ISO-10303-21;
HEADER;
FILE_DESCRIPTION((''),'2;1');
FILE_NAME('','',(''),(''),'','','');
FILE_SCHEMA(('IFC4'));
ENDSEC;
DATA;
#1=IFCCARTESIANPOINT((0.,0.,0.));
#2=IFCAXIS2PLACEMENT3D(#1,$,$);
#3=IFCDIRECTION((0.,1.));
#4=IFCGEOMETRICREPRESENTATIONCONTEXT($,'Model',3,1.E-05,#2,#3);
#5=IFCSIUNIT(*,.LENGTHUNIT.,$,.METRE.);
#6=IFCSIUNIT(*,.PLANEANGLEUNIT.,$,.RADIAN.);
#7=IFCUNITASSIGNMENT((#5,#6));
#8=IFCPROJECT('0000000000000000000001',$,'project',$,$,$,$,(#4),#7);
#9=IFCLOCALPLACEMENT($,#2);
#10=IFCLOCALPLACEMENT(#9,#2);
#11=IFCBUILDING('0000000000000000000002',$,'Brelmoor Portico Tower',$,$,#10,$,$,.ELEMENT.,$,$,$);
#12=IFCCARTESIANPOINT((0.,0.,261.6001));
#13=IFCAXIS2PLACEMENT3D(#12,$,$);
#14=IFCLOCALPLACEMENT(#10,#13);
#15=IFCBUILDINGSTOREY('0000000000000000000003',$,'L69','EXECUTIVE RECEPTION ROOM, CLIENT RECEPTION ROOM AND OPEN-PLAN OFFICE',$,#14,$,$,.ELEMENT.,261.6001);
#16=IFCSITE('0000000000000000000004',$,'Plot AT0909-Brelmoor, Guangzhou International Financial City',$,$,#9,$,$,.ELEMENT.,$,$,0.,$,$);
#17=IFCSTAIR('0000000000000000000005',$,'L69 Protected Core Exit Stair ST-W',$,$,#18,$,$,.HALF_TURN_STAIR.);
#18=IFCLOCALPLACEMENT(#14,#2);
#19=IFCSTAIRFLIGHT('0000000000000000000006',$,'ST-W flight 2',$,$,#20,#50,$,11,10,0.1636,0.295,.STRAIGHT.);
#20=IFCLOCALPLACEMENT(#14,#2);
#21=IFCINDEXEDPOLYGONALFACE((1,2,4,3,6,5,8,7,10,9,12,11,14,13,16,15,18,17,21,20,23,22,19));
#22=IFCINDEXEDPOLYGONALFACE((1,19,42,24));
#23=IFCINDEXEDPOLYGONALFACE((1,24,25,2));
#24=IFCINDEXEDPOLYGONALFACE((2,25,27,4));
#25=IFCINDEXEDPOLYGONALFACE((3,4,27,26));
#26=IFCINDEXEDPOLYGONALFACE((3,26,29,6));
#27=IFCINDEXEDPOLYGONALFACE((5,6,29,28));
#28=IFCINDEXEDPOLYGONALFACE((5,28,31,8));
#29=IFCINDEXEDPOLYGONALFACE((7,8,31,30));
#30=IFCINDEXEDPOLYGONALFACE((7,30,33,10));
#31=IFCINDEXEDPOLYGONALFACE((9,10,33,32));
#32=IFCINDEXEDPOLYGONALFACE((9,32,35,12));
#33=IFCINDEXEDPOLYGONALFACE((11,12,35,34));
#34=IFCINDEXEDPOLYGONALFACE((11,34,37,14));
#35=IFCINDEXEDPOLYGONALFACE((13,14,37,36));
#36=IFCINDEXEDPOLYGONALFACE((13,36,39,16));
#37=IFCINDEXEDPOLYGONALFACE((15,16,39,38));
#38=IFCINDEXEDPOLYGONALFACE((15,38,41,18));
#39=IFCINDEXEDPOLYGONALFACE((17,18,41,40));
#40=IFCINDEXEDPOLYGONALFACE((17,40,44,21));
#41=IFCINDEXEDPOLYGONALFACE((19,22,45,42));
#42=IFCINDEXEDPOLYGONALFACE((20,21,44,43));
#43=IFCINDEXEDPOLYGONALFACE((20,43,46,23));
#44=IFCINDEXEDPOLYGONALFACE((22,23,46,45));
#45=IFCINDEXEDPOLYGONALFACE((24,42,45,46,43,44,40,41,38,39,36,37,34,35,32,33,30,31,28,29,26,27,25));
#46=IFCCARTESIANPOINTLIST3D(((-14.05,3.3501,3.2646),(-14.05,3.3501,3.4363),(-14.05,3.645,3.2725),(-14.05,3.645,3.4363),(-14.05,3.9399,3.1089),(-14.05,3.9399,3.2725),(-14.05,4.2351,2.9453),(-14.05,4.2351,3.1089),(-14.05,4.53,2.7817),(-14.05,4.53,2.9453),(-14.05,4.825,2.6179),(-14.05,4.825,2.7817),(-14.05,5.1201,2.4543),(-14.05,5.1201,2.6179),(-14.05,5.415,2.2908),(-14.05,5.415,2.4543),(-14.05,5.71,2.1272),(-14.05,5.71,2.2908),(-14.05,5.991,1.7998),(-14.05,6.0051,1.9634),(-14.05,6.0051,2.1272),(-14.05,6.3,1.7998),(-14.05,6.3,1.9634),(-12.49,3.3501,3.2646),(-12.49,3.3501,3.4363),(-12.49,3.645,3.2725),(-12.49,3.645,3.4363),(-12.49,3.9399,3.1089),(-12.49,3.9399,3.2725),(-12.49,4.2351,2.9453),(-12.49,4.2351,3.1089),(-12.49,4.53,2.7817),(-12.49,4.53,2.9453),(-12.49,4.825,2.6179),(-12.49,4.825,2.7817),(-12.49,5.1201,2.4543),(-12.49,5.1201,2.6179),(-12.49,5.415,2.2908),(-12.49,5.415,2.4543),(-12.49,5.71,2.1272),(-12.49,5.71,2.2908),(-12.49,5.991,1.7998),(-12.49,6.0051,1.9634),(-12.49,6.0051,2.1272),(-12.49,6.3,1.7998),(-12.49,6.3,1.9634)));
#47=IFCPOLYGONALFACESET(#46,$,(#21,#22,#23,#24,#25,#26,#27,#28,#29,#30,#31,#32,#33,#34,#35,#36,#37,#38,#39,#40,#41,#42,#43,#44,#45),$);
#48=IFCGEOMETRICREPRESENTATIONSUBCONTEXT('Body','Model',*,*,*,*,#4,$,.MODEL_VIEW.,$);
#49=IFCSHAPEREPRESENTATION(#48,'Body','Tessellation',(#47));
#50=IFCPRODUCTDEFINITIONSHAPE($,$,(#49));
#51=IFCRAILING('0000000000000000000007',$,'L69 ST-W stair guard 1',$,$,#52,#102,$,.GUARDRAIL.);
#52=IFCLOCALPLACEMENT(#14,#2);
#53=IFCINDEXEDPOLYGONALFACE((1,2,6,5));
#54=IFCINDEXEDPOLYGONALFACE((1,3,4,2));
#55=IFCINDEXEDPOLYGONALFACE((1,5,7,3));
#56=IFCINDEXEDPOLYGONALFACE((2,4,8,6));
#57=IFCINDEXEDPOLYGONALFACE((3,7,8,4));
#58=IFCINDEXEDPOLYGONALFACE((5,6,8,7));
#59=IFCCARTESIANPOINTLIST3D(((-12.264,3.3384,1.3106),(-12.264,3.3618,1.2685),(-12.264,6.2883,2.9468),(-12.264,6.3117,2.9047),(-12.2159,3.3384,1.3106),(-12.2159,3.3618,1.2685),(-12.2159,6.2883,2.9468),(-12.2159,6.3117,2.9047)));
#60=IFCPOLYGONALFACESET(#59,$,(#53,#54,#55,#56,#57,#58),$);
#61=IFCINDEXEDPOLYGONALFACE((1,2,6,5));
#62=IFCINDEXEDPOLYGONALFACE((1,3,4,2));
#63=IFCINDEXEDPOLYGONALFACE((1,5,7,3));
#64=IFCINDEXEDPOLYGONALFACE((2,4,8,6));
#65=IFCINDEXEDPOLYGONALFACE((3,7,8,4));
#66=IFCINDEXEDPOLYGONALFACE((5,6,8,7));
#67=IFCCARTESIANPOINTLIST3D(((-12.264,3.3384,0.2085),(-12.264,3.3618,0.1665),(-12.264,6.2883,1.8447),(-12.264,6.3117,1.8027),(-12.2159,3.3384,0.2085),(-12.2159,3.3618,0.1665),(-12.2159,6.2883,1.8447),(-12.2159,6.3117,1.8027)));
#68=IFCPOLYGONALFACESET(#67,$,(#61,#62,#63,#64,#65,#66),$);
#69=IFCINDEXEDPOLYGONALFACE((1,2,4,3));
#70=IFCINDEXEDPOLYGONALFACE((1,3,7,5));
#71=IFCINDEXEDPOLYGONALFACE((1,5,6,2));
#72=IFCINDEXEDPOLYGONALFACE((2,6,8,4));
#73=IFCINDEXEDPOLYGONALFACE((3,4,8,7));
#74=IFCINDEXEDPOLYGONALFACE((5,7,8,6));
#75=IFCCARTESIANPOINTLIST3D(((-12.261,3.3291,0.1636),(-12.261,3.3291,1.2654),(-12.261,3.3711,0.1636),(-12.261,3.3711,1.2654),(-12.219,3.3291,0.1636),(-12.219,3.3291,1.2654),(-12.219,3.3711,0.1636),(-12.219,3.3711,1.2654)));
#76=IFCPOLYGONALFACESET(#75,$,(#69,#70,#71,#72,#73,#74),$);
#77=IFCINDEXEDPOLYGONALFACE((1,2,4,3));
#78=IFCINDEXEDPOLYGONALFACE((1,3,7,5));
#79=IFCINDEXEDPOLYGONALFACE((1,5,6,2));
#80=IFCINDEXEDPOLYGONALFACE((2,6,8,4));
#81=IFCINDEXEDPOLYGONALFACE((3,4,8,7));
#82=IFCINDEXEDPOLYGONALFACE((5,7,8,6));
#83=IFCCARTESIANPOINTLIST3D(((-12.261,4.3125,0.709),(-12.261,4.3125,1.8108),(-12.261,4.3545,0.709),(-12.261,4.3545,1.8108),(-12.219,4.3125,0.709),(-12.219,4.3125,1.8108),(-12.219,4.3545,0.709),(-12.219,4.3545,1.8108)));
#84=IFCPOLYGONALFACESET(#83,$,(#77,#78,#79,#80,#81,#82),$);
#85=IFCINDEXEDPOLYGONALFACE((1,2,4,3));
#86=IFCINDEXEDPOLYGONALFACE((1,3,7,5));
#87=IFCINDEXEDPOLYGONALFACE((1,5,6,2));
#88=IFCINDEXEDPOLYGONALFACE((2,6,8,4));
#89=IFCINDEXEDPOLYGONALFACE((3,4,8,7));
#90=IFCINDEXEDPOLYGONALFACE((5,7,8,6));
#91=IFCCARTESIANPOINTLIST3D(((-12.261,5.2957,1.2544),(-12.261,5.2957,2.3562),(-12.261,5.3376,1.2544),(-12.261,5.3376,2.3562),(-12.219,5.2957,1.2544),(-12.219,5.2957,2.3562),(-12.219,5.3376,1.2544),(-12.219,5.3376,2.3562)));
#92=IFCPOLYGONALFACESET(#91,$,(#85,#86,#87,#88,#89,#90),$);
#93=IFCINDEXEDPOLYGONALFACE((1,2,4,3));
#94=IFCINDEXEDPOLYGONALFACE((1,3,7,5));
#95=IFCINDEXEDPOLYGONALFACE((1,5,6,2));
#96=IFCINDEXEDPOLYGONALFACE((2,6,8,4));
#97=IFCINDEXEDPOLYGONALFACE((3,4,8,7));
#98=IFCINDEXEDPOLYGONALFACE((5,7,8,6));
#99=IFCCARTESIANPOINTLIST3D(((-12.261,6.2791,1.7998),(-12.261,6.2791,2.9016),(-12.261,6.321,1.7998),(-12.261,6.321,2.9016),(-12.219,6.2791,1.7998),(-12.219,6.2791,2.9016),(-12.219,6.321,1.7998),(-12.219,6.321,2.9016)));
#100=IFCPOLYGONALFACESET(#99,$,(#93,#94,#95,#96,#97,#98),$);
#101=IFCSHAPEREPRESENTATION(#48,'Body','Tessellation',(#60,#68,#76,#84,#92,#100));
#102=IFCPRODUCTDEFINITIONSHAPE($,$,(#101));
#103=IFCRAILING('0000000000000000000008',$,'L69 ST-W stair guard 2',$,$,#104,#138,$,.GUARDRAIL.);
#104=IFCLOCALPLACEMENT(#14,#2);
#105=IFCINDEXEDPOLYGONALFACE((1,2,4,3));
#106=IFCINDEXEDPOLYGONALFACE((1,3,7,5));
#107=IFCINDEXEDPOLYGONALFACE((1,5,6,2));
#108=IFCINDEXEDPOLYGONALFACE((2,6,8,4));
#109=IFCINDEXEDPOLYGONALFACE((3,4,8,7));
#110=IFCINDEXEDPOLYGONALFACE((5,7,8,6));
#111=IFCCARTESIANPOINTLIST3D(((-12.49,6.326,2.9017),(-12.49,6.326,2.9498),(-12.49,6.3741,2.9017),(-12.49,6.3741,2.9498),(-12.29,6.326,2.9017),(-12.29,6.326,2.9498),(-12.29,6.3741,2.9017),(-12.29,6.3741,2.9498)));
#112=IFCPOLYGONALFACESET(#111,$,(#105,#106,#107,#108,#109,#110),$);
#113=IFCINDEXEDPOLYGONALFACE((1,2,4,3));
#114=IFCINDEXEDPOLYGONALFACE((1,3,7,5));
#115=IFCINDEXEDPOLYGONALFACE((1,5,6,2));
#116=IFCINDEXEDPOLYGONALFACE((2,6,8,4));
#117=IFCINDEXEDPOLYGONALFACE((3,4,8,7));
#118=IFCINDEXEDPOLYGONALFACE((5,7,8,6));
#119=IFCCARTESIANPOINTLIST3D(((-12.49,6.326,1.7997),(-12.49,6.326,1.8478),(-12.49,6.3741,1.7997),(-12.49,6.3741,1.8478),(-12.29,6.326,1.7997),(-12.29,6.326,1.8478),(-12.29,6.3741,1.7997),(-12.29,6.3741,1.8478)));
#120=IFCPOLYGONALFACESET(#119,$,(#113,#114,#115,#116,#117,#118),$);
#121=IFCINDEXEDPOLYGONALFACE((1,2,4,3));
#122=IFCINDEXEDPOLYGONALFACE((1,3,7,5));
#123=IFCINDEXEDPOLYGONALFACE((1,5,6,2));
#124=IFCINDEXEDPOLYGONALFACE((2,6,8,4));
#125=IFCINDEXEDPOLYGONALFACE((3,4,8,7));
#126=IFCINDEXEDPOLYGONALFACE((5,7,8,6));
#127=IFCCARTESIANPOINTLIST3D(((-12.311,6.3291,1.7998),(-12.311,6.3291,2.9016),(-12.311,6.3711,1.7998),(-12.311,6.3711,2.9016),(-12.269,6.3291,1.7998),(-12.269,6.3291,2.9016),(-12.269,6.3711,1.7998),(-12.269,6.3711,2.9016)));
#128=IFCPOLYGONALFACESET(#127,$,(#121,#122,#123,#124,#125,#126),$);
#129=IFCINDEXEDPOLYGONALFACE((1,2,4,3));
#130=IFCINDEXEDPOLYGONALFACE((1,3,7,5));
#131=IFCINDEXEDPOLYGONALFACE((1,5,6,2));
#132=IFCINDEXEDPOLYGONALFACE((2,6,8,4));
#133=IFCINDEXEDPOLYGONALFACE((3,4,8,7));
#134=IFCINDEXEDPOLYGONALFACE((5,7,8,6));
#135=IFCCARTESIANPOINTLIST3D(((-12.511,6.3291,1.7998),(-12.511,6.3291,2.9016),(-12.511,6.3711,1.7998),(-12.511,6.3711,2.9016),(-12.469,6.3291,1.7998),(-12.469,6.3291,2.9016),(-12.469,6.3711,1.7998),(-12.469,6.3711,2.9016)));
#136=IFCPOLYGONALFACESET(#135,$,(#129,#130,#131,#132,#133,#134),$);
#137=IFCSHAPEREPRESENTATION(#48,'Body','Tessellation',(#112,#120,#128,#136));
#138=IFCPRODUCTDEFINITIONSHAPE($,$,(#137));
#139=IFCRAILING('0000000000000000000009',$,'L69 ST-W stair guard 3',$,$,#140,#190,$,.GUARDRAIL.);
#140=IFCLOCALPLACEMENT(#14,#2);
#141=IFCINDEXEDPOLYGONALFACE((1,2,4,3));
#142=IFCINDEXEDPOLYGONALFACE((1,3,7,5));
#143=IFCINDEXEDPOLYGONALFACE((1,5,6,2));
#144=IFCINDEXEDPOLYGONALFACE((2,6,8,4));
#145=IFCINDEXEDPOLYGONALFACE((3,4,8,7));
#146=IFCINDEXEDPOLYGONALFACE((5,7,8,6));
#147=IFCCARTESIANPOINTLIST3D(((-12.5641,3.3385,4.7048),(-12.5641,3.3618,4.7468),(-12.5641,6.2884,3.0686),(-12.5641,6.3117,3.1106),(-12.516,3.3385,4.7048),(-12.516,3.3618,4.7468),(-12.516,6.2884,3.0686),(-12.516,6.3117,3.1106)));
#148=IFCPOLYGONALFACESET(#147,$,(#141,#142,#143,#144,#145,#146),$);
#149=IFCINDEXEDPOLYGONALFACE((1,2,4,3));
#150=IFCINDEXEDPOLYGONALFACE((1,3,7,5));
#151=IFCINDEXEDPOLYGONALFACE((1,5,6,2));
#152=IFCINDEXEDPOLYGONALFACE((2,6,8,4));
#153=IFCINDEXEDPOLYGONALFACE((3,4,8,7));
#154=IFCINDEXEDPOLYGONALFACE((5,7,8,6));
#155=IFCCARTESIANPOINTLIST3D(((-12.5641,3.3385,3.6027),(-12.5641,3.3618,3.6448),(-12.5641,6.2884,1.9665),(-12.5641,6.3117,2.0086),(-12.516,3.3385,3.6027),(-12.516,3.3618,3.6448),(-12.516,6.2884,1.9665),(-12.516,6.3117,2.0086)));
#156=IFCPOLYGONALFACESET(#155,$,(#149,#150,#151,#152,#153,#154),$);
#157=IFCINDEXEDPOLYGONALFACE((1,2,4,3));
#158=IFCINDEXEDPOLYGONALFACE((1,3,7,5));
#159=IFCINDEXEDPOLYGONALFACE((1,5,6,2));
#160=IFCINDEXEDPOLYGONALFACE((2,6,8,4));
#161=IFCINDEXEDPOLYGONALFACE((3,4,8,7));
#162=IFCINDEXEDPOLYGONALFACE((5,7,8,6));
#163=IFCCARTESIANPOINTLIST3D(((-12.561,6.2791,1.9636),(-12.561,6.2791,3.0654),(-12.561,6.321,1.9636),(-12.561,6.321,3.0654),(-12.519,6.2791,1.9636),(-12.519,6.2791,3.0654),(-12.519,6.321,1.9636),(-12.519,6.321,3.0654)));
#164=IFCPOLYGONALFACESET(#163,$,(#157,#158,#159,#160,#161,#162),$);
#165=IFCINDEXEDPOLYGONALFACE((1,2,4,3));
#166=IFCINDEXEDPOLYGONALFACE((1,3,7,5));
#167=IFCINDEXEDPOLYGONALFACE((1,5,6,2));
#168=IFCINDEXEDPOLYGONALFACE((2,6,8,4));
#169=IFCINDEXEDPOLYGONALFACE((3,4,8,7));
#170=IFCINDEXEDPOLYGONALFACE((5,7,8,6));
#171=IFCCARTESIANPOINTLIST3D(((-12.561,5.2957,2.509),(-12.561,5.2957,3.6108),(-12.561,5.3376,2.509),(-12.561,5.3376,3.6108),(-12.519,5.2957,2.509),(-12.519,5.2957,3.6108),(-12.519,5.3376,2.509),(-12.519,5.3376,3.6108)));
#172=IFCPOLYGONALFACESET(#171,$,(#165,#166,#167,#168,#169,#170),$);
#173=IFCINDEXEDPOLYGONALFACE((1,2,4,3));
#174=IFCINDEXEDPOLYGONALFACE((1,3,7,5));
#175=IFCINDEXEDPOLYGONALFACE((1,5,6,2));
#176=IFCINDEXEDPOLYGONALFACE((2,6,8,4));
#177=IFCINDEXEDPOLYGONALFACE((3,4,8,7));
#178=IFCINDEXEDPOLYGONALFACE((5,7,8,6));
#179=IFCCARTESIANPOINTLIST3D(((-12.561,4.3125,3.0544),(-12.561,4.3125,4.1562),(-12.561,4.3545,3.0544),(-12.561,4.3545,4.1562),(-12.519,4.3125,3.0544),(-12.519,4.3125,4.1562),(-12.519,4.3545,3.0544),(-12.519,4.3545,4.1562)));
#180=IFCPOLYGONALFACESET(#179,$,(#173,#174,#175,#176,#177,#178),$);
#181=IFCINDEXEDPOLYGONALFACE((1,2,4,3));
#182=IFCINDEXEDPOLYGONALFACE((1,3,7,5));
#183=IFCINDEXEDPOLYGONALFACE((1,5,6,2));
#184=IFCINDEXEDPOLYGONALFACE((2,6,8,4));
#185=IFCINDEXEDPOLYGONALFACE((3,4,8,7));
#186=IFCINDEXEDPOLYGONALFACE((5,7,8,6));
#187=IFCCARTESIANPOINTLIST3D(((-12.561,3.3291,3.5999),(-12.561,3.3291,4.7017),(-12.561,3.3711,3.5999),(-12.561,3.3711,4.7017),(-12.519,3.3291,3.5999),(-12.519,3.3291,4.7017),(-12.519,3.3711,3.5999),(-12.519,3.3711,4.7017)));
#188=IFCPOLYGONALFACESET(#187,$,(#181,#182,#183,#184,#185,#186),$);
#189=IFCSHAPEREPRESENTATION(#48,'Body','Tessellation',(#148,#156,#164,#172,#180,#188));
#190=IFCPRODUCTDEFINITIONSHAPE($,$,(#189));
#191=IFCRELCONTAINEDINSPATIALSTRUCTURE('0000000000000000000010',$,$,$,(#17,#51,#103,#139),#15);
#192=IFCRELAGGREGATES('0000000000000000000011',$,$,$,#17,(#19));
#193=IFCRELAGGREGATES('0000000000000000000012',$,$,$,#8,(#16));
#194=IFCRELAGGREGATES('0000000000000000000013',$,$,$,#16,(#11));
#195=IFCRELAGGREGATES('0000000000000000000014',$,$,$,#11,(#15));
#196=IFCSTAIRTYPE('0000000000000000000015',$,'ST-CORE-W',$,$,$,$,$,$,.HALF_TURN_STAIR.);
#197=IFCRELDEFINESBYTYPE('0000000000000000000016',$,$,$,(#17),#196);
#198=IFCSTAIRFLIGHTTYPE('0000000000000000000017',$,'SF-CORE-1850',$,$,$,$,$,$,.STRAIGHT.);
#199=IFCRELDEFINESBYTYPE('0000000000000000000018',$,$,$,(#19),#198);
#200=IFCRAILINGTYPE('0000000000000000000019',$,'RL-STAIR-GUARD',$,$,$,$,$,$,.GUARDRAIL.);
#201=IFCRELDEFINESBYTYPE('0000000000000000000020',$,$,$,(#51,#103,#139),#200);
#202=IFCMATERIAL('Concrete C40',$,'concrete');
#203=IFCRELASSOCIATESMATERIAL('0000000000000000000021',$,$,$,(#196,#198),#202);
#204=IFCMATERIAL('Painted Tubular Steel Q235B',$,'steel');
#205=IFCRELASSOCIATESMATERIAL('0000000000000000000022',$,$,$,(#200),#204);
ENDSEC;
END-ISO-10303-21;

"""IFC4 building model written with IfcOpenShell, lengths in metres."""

from ifc_helpers import new_model, si_unit, direction, frame, origin, origin_2d, place, context, subcontext, project, spatial, polyline, rectangle, outline, extrude, material, type_object, element, aggregate, save


model = new_model("IFC4")

# Units and contexts
model_context = context("Model", 3, precision=1e-05, world=origin(), true_north=direction((0.0, 1.0)))
body_context = subcontext(model_context, "Body", "Model", "MODEL_VIEW")
ifc_project = project(units=[si_unit("LENGTHUNIT", "METRE"), si_unit("PLANEANGLEUNIT", "RADIAN")], contexts=[model_context])

# Site, building, storey
site_placement = place(None, origin())
site = spatial("IfcSite", under=ifc_project, at=site_placement, Name="Plot AT0909-Brelmoor, Guangzhou International Financial City", CompositionType="ELEMENT", RefElevation=0.0)
building_placement = place(site_placement, origin())
building = spatial("IfcBuilding", under=site, at=building_placement, Name="Brelmoor Portico Tower", CompositionType="ELEMENT")
storey_placement = place(building_placement, frame((0.0, 0.0, 261.6001)))
storey = spatial("IfcBuildingStorey", under=building, at=storey_placement, Name="L69", Description="EXECUTIVE RECEPTION ROOM, CLIENT RECEPTION ROOM AND OPEN-PLAN OFFICE", CompositionType="ELEMENT", Elevation=261.6001)

# Shared definitions
ifc_material_1 = material(Name="Concrete C40", Category="concrete")

# Stair, stair flight
stair_type = type_object("IfcStairType", Name="ST-CORE-W", PredefinedType="HALF_TURN_STAIR", material=ifc_material_1)
stair_placement = place(storey_placement, origin())
stair = element("IfcStair", 1, at=stair_placement, inside=storey, type_object=stair_type, Name="L69 Protected Core Exit Stair ST-W", PredefinedType="HALF_TURN_STAIR")
stair_flight_type = type_object("IfcStairFlightType", Name="SF-CORE-1850", PredefinedType="STRAIGHT", material=ifc_material_1)
stair_flight_1_placement = place(storey_placement, frame((-13.27, 6.3, 1.7998), z_axis=(0.0, 0.0, 1.0), x_axis=(0.0, -1.0, 0.0)))
stair_flight_1 = element("IfcStairFlight", 2, at=stair_flight_1_placement, type_object=stair_flight_type, Name="ST-W flight 2", NumberOfRisers=11, NumberOfTreads=10, PredefinedType="STRAIGHT", RiserHeight=0.1636, TreadLength=0.295, context=body_context, shape_type="SweptSolid", body=[
    extrude(outline(polyline([(0.0, 0.0), (0.0, 0.1636), (0.2949, 0.1636), (0.2949, 0.3274), (0.5901, 0.3274), (0.5901, 0.491), (0.885, 0.491), (0.885, 0.6545), (1.1799, 0.6545), (1.1799, 0.8181), (1.4751, 0.8181), (1.4751, 0.9819), (1.77, 0.9819), (1.77, 1.1455), (2.0649, 1.1455), (2.0649, 1.3091), (2.3601, 1.3091), (2.3601, 1.4727), (2.655, 1.4727), (2.655, 1.6365), (2.95, 1.6365), (2.95, 1.8), (2.95, 1.4648), (0.3091, 0.0), (0.0, 0.0)])), frame((0.0, 0.78, 0.0), z_axis=(0.0, -1.0, 0.0), x_axis=(1.0, 0.0, 0.0)), (0.0, 0.0, 1.0), 1.5601),
])
aggregate(stair, [stair_flight_1])

# Railings
ifc_material_2 = material(Name="Painted Tubular Steel Q235B", Category="steel")
railing_type_1 = type_object("IfcRailingType", Name="RL-STAIR-GUARD", PredefinedType="GUARDRAIL", material=ifc_material_2)
railing_1_placement = place(storey_placement, frame((-12.24, 3.3501, 0.1636)))
element("IfcRailing", 3, at=railing_1_placement, inside=storey, type_object=railing_type_1, Name="L69 ST-W stair guard 1", PredefinedType="GUARDRAIL", context=body_context, shape_type="SweptSolid", body=[
    extrude(rectangle(XDim=0.0481, YDim=0.0481, at=origin_2d()), frame((0.0, 0.0, 1.126), z_axis=(0.0, 0.874488, 0.485047), x_axis=(-1.0, 0.0, 0.0)), (0.0, 0.0, 1.0), 3.3733),
    extrude(rectangle(XDim=0.0481, YDim=0.0481, at=origin_2d()), frame((0.0, 0.0, 0.0239), z_axis=(0.0, 0.874488, 0.485047), x_axis=(-1.0, 0.0, 0.0)), (0.0, 0.0, 1.0), 3.3733),
    extrude(rectangle(XDim=0.042, YDim=0.042, at=origin_2d()), origin(), (0.0, 0.0, 1.0), 1.1018),
    extrude(rectangle(XDim=0.042, YDim=0.042, at=origin_2d()), frame((0.0, 0.9834, 0.5454)), (0.0, 0.0, 1.0), 1.1018),
    extrude(rectangle(XDim=0.042, YDim=0.042, at=origin_2d()), frame((0.0, 1.9666, 1.0908)), (0.0, 0.0, 1.0), 1.1018),
    extrude(rectangle(XDim=0.042, YDim=0.042, at=origin_2d()), frame((0.0, 2.95, 1.6362)), (0.0, 0.0, 1.0), 1.1018),
])
railing_2_placement = place(storey_placement, frame((-12.29, 6.3501, 1.7998)))
element("IfcRailing", 4, at=railing_2_placement, inside=storey, type_object=railing_type_1, Name="L69 ST-W stair guard 2", PredefinedType="GUARDRAIL", context=body_context, shape_type="SweptSolid", body=[
    extrude(rectangle(XDim=0.0481, YDim=0.0481, at=origin_2d()), frame((0.0, 0.0, 1.126), z_axis=(-1.0, 0.0, 0.0), x_axis=(0.0, -1.0, 0.0)), (0.0, 0.0, 1.0), 0.2),
    extrude(rectangle(XDim=0.0481, YDim=0.0481, at=origin_2d()), frame((0.0, 0.0, 0.0239), z_axis=(-1.0, 0.0, 0.0), x_axis=(0.0, -1.0, 0.0)), (0.0, 0.0, 1.0), 0.2),
    extrude(rectangle(XDim=0.042, YDim=0.042, at=origin_2d()), origin(), (0.0, 0.0, 1.0), 1.1018),
    extrude(rectangle(XDim=0.042, YDim=0.042, at=origin_2d()), frame((-0.2, 0.0, 0.0)), (0.0, 0.0, 1.0), 1.1018),
])
railing_3_placement = place(storey_placement, frame((-12.54, 6.3, 1.9636)))
element("IfcRailing", 5, at=railing_3_placement, inside=storey, type_object=railing_type_1, Name="L69 ST-W stair guard 3", PredefinedType="GUARDRAIL", context=body_context, shape_type="SweptSolid", body=[
    extrude(rectangle(XDim=0.0481, YDim=0.0481, at=origin_2d()), frame((0.0, 0.0, 1.126), z_axis=(0.0, -0.874488, 0.485047), x_axis=(1.0, 0.0, 0.0)), (0.0, 0.0, 1.0), 3.3733),
    extrude(rectangle(XDim=0.0481, YDim=0.0481, at=origin_2d()), frame((0.0, 0.0, 0.0239), z_axis=(0.0, -0.874488, 0.485047), x_axis=(1.0, 0.0, 0.0)), (0.0, 0.0, 1.0), 3.3733),
    extrude(rectangle(XDim=0.042, YDim=0.042, at=origin_2d()), origin(), (0.0, 0.0, 1.0), 1.1018),
    extrude(rectangle(XDim=0.042, YDim=0.042, at=origin_2d()), frame((0.0, -0.9834, 0.5454)), (0.0, 0.0, 1.0), 1.1018),
    extrude(rectangle(XDim=0.042, YDim=0.042, at=origin_2d()), frame((0.0, -1.9666, 1.0908)), (0.0, 0.0, 1.0), 1.1018),
    extrude(rectangle(XDim=0.042, YDim=0.042, at=origin_2d()), frame((0.0, -2.95, 1.6362)), (0.0, 0.0, 1.0), 1.1018),
])

save(model, "model.ifc")
